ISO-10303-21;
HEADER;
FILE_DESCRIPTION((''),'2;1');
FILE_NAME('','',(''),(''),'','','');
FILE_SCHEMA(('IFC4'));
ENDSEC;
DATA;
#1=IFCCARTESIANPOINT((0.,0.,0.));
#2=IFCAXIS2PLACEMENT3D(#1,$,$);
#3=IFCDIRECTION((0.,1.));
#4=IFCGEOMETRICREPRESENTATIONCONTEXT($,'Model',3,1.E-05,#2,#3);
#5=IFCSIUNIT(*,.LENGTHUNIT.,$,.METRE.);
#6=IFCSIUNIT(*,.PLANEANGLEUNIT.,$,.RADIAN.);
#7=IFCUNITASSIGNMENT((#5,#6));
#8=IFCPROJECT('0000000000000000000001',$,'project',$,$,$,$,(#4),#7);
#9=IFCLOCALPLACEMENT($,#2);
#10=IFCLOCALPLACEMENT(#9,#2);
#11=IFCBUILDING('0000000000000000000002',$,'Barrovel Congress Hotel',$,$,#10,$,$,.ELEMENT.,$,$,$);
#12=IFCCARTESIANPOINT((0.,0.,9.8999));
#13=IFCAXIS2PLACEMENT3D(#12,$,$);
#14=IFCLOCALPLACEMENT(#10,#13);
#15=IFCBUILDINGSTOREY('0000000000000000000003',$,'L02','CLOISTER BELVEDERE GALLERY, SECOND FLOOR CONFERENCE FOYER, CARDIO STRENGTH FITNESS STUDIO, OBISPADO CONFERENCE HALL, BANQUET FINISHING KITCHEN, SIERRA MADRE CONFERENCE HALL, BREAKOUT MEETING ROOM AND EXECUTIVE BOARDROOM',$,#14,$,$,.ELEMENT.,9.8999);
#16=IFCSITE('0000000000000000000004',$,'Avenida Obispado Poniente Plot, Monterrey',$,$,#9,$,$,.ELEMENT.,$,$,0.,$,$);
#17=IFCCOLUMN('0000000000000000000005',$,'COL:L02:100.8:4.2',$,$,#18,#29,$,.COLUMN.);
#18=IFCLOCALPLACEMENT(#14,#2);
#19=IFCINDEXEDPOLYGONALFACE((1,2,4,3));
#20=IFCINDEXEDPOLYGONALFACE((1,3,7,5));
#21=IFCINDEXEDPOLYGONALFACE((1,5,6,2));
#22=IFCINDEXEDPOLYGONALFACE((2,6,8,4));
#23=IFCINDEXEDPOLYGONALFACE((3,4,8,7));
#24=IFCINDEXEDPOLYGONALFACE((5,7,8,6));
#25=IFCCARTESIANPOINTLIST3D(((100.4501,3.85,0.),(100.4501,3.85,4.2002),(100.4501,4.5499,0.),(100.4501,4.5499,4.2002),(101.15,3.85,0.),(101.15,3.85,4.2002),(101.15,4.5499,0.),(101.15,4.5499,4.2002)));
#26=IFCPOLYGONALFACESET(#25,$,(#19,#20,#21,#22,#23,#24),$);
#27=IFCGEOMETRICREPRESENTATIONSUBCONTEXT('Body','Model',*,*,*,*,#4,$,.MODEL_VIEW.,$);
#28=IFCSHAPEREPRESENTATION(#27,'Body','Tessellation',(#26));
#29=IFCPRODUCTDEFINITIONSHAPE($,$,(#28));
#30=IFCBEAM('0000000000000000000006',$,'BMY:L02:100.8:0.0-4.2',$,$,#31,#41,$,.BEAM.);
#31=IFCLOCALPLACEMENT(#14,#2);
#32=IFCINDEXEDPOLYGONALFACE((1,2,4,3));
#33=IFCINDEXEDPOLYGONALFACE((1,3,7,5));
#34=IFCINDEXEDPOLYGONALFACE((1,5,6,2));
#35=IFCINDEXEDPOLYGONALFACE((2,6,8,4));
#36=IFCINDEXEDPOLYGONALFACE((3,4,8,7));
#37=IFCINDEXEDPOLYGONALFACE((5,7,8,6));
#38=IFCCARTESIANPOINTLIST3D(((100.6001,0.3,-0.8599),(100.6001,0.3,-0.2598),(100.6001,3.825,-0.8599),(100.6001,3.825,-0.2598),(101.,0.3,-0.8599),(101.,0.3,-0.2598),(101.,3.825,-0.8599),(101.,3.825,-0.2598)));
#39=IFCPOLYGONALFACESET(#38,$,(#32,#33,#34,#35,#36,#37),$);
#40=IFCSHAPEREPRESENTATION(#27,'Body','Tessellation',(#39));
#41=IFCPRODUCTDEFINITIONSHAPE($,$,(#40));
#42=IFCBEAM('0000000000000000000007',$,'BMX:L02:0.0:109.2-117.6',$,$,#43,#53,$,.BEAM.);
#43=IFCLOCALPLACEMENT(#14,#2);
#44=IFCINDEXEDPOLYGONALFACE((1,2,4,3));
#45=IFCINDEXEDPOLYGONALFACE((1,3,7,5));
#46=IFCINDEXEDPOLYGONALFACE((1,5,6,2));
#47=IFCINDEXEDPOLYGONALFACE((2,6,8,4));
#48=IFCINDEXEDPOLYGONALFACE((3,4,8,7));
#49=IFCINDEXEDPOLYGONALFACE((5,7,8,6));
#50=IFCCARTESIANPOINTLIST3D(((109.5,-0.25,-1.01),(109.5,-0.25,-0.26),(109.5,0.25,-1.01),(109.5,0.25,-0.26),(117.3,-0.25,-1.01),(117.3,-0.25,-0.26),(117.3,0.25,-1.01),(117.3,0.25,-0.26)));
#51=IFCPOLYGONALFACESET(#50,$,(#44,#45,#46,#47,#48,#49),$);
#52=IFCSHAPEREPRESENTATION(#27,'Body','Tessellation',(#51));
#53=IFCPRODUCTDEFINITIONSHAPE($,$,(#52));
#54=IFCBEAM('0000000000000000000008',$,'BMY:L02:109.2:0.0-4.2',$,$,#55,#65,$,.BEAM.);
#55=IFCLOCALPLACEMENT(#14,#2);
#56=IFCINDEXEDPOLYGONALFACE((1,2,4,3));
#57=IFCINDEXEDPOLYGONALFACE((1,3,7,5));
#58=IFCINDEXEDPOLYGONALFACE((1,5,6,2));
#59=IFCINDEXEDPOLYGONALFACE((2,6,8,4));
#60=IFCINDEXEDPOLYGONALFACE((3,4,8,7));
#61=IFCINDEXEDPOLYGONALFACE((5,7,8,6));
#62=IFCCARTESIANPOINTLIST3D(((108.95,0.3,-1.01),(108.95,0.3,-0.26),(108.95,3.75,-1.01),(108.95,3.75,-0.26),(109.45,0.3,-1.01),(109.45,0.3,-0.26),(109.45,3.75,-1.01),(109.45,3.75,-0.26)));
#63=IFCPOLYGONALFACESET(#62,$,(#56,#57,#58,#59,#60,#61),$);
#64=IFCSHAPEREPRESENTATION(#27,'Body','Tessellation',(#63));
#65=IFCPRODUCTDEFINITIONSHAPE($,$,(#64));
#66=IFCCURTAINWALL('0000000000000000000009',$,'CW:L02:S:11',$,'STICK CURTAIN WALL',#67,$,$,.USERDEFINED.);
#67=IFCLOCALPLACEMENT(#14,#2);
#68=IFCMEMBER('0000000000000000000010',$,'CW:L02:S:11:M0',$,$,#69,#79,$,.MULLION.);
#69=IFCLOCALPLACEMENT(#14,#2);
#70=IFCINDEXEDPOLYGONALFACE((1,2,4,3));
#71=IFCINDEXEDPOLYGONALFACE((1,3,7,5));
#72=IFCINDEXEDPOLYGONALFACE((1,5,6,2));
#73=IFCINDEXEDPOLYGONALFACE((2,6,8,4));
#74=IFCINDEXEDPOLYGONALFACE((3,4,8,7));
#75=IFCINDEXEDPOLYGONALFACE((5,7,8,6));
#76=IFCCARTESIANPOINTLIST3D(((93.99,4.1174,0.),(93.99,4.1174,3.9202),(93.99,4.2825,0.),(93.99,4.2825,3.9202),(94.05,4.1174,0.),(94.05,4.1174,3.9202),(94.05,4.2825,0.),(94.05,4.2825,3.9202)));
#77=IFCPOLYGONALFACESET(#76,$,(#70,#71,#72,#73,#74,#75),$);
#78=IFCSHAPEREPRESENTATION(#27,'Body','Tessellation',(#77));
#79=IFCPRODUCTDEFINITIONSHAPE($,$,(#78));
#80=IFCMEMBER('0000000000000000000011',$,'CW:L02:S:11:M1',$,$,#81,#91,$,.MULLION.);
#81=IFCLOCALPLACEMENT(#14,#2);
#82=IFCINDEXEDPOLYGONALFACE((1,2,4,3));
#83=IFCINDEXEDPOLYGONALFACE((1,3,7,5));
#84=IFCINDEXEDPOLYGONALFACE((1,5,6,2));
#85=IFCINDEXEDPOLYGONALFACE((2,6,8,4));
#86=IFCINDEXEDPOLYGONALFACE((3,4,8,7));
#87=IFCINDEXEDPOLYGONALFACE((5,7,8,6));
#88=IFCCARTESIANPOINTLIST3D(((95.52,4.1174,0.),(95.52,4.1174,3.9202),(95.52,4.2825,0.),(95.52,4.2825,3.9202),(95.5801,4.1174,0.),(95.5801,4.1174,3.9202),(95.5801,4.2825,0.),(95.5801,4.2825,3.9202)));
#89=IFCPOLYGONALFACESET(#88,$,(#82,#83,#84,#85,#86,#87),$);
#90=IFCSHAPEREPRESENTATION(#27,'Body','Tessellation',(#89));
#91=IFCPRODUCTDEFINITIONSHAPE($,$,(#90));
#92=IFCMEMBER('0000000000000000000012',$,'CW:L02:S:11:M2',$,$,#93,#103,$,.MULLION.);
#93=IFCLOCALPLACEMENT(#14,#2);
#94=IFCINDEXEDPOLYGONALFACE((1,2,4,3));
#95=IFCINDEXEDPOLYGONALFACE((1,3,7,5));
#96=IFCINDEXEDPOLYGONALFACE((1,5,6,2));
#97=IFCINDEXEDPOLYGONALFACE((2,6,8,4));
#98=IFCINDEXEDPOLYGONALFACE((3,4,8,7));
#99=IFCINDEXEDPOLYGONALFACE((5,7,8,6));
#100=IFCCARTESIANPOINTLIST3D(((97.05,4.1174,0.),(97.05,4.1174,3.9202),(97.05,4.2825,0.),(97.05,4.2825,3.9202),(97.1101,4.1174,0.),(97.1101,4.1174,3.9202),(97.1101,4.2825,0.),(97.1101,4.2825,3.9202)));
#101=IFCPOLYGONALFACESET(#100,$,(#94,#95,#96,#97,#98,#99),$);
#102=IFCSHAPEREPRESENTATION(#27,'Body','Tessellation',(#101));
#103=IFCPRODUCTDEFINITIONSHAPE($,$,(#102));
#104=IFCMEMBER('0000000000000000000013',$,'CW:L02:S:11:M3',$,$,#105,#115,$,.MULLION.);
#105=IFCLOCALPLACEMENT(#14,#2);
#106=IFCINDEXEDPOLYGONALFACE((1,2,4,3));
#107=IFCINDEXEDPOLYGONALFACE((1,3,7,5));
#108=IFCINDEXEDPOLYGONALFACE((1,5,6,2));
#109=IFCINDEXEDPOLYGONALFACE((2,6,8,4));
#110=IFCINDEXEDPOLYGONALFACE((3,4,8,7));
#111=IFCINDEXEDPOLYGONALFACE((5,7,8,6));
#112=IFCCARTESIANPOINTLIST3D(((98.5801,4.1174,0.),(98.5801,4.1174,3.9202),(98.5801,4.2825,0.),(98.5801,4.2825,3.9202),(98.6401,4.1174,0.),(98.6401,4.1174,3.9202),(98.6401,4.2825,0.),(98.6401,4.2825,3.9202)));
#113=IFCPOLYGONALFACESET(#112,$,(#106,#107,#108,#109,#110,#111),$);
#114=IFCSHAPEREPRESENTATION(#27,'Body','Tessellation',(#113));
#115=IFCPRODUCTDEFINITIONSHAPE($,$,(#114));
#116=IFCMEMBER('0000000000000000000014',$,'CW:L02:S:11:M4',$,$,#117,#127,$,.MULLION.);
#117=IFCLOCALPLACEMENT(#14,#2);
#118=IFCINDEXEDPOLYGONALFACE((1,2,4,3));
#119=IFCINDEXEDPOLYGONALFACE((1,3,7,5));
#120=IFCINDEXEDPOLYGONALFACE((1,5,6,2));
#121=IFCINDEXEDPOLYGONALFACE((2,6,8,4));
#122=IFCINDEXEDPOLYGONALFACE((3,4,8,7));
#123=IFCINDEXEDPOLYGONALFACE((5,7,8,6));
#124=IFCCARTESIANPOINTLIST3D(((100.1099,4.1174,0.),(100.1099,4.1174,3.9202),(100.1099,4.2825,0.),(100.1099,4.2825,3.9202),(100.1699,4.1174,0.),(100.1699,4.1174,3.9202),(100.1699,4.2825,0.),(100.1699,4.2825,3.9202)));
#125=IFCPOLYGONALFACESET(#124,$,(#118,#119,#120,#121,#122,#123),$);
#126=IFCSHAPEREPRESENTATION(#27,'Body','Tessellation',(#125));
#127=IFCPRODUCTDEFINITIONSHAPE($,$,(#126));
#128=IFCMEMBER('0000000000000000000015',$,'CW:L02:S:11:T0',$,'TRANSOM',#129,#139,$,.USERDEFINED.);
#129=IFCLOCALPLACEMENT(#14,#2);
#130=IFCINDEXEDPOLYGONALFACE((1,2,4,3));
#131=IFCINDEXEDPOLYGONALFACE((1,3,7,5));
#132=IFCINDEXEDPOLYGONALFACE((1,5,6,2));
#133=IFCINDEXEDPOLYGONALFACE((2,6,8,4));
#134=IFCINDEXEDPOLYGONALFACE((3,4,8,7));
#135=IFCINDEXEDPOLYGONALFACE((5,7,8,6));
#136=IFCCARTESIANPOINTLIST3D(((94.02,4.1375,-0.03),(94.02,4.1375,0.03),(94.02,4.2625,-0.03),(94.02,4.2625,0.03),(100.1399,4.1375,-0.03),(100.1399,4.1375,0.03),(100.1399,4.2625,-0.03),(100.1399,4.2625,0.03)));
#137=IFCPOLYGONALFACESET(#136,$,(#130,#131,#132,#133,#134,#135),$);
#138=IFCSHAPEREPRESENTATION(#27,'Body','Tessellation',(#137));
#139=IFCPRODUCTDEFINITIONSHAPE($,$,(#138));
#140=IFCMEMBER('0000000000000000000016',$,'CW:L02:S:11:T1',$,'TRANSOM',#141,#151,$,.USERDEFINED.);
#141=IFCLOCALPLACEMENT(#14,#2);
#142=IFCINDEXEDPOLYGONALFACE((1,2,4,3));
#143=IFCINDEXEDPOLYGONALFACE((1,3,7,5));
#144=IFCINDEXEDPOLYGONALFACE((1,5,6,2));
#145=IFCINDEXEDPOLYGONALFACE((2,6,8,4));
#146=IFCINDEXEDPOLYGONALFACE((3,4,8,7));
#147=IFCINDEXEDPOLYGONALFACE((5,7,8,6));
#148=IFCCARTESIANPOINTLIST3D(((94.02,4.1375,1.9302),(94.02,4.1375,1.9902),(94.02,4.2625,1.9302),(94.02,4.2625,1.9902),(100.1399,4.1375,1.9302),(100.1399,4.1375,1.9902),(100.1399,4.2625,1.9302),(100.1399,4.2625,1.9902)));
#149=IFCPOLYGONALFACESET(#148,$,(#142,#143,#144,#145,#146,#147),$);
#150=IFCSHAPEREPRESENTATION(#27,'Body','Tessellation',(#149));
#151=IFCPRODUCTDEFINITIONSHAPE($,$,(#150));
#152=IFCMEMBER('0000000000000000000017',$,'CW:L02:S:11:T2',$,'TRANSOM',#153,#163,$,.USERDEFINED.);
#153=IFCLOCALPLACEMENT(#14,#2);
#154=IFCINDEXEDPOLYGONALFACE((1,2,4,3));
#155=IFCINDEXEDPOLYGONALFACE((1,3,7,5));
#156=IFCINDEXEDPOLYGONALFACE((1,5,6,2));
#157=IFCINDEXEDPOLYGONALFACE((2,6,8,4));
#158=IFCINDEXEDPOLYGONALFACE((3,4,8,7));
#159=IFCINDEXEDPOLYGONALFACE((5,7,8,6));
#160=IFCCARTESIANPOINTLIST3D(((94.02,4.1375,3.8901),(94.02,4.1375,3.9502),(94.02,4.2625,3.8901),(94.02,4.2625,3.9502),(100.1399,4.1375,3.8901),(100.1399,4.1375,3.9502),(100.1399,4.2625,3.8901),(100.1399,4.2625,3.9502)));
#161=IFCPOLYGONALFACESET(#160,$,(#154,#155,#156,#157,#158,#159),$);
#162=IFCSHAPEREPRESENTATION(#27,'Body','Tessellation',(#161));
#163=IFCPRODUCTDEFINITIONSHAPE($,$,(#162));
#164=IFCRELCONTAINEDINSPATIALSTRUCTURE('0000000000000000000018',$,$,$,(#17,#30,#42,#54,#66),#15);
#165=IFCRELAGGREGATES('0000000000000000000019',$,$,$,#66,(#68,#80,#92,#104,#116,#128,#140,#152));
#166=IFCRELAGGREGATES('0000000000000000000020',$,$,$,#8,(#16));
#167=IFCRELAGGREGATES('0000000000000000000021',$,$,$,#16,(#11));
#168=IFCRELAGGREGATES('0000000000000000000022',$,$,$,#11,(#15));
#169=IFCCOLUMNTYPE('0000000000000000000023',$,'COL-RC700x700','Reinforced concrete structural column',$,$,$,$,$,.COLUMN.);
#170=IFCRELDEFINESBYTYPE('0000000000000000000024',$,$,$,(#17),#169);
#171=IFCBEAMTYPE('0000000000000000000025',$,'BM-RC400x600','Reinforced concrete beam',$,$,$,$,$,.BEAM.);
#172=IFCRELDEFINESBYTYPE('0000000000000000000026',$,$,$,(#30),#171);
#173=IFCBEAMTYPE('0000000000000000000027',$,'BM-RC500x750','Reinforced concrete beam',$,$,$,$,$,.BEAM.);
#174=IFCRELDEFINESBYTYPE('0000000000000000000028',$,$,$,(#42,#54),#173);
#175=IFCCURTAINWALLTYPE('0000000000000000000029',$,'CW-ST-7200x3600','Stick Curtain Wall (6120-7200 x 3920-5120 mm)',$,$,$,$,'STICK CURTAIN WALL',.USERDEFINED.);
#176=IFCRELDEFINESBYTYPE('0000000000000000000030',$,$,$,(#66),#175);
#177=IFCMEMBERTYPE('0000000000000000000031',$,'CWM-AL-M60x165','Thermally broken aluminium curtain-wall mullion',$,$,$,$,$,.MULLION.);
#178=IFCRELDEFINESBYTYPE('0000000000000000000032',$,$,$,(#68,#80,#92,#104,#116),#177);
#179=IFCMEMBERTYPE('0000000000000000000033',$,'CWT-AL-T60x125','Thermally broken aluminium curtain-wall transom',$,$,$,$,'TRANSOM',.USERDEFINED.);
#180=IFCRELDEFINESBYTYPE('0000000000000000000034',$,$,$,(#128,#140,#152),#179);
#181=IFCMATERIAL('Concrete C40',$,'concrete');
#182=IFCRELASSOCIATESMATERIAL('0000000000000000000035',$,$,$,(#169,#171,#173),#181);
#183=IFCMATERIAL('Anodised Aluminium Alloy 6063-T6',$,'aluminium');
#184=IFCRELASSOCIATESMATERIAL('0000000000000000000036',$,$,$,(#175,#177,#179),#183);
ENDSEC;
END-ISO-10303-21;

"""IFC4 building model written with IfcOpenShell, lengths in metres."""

from ifc_helpers import new_model, si_unit, direction, frame, origin, origin_2d, place, context, subcontext, project, spatial, rectangle, extrude, material, material_profile, profile_set, type_object, element, aggregate, save


model = new_model("IFC4")

# Units and contexts
model_context = context("Model", 3, precision=1e-05, world=origin(), true_north=direction((0.0, 1.0)))
body_context = subcontext(model_context, "Body", "Model", "MODEL_VIEW")
ifc_project = project(units=[si_unit("LENGTHUNIT", "METRE"), si_unit("PLANEANGLEUNIT", "RADIAN")], contexts=[model_context])

# Site, building, storey
site_placement = place(None, origin())
site = spatial("IfcSite", under=ifc_project, at=site_placement, Name="Avenida Obispado Poniente Plot, Monterrey", CompositionType="ELEMENT", RefElevation=0.0)
building_placement = place(site_placement, origin())
building = spatial("IfcBuilding", under=site, at=building_placement, Name="Barrovel Congress Hotel", CompositionType="ELEMENT")
storey_placement = place(building_placement, frame((0.0, 0.0, 9.8999)))
storey = spatial("IfcBuildingStorey", under=building, at=storey_placement, Name="L02", Description="CLOISTER BELVEDERE GALLERY, SECOND FLOOR CONFERENCE FOYER, CARDIO STRENGTH FITNESS STUDIO, OBISPADO CONFERENCE HALL, BANQUET FINISHING KITCHEN, SIERRA MADRE CONFERENCE HALL, BREAKOUT MEETING ROOM AND EXECUTIVE BOARDROOM", CompositionType="ELEMENT", Elevation=9.8999)

# Column
ifc_material_1 = material(Name="Concrete C40", Category="concrete")
ifc_material_profile_1 = material_profile(ifc_material_1, rectangle(XDim=0.7, YDim=0.7, at=origin_2d()), Name="RC700x700")
ifc_profile_set_1 = profile_set([ifc_material_profile_1], Name="Concrete C40")
column_type = type_object("IfcColumnType", Name="COL-RC700x700", Description="Reinforced concrete structural column", PredefinedType="COLUMN", material=ifc_profile_set_1)
column_placement = place(storey_placement, frame((100.8, 4.2, 0.0), z_axis=(0.0, 0.0, 1.0), x_axis=(1.0, 0.0, 0.0)))
element("IfcColumn", 1, at=column_placement, inside=storey, type_object=column_type, Name="COL:L02:100.8:4.2", PredefinedType="COLUMN", context=body_context, shape_type="SweptSolid", body=[
    extrude(rectangle(XDim=0.7, YDim=0.7, at=origin_2d()), origin(), (0.0, 0.0, 1.0), 4.2002),
])

# Beams
ifc_material_profile_2 = material_profile(ifc_material_1, rectangle(XDim=0.3999, YDim=0.6001, at=origin_2d()), Name="RC400x600")
ifc_profile_set_2 = profile_set([ifc_material_profile_2], Name="Concrete C40")
beam_type_1 = type_object("IfcBeamType", Name="BM-RC400x600", Description="Reinforced concrete beam", PredefinedType="BEAM", material=ifc_profile_set_2)
beam_1_placement = place(storey_placement, frame((100.8, 0.3, -0.5598), z_axis=(0.0, 1.0, 0.0), x_axis=(-1.0, 0.0, 0.0)))
element("IfcBeam", 2, at=beam_1_placement, inside=storey, type_object=beam_type_1, Name="BMY:L02:100.8:0.0-4.2", PredefinedType="BEAM", context=body_context, shape_type="SweptSolid", body=[
    extrude(rectangle(XDim=0.3999, YDim=0.6001, at=origin_2d()), origin(), (0.0, 0.0, 1.0), 3.5249),
])
ifc_material_profile_3 = material_profile(ifc_material_1, rectangle(XDim=0.5, YDim=0.75, at=origin_2d()), Name="RC500x750")
ifc_profile_set_3 = profile_set([ifc_material_profile_3], Name="Concrete C40")
beam_type_2 = type_object("IfcBeamType", Name="BM-RC500x750", Description="Reinforced concrete beam", PredefinedType="BEAM", material=ifc_profile_set_3)
beam_2_placement = place(storey_placement, frame((109.5, 0.0, -0.635), z_axis=(1.0, 0.0, 0.0), x_axis=(0.0, 1.0, 0.0)))
element("IfcBeam", 3, at=beam_2_placement, inside=storey, type_object=beam_type_2, Name="BMX:L02:0.0:109.2-117.6", PredefinedType="BEAM", context=body_context, shape_type="SweptSolid", body=[
    extrude(rectangle(XDim=0.5, YDim=0.75, at=origin_2d()), origin(), (0.0, 0.0, 1.0), 7.8),
])
beam_3_placement = place(storey_placement, frame((109.2, 0.3, -0.635), z_axis=(0.0, 1.0, 0.0), x_axis=(-1.0, 0.0, 0.0)))
element("IfcBeam", 4, at=beam_3_placement, inside=storey, type_object=beam_type_2, Name="BMY:L02:109.2:0.0-4.2", PredefinedType="BEAM", context=body_context, shape_type="SweptSolid", body=[
    extrude(rectangle(XDim=0.5, YDim=0.75, at=origin_2d()), origin(), (0.0, 0.0, 1.0), 3.45),
])

# Curtain wall, members
ifc_material_2 = material(Name="Anodised Aluminium Alloy 6063-T6", Category="aluminium")
curtain_wall_type = type_object("IfcCurtainWallType", Name="CW-ST-7200x3600", Description="Stick Curtain Wall (6120-7200 x 3920-5120 mm)", ElementType="STICK CURTAIN WALL", PredefinedType="USERDEFINED", material=ifc_material_2)
curtain_wall_placement = place(storey_placement, origin())
curtain_wall = element("IfcCurtainWall", 5, at=curtain_wall_placement, inside=storey, type_object=curtain_wall_type, Name="CW:L02:S:11", ObjectType="STICK CURTAIN WALL", PredefinedType="USERDEFINED")
ifc_material_profile_4 = material_profile(ifc_material_2, rectangle(XDim=0.0601, YDim=0.165, at=origin_2d()), Name="AL-M60x165")
ifc_profile_set_4 = profile_set([ifc_material_profile_4], Name="Anodised Aluminium Alloy 6063-T6")
member_type_1 = type_object("IfcMemberType", Name="CWM-AL-M60x165", Description="Thermally broken aluminium curtain-wall mullion", PredefinedType="MULLION", material=ifc_profile_set_4)
member_1_placement = place(storey_placement, frame((94.02, 4.2, 0.0), z_axis=(0.0, 0.0, 1.0), x_axis=(1.0, 0.0, 0.0)))
member_1 = element("IfcMember", 6, at=member_1_placement, type_object=member_type_1, Name="CW:L02:S:11:M0", PredefinedType="MULLION", context=body_context, shape_type="SweptSolid", body=[
    extrude(rectangle(XDim=0.0601, YDim=0.165, at=origin_2d()), origin(), (0.0, 0.0, 1.0), 3.9202),
])
member_2_placement = place(storey_placement, frame((95.55, 4.2, 0.0), z_axis=(0.0, 0.0, 1.0), x_axis=(1.0, 0.0, 0.0)))
member_2 = element("IfcMember", 7, at=member_2_placement, type_object=member_type_1, Name="CW:L02:S:11:M1", PredefinedType="MULLION", context=body_context, shape_type="SweptSolid", body=[
    extrude(rectangle(XDim=0.0601, YDim=0.165, at=origin_2d()), origin(), (0.0, 0.0, 1.0), 3.9202),
])
member_3_placement = place(storey_placement, frame((97.0801, 4.2, 0.0), z_axis=(0.0, 0.0, 1.0), x_axis=(1.0, 0.0, 0.0)))
member_3 = element("IfcMember", 8, at=member_3_placement, type_object=member_type_1, Name="CW:L02:S:11:M2", PredefinedType="MULLION", context=body_context, shape_type="SweptSolid", body=[
    extrude(rectangle(XDim=0.0601, YDim=0.165, at=origin_2d()), origin(), (0.0, 0.0, 1.0), 3.9202),
])
member_4_placement = place(storey_placement, frame((98.6101, 4.2, 0.0), z_axis=(0.0, 0.0, 1.0), x_axis=(1.0, 0.0, 0.0)))
member_4 = element("IfcMember", 9, at=member_4_placement, type_object=member_type_1, Name="CW:L02:S:11:M3", PredefinedType="MULLION", context=body_context, shape_type="SweptSolid", body=[
    extrude(rectangle(XDim=0.0601, YDim=0.165, at=origin_2d()), origin(), (0.0, 0.0, 1.0), 3.9202),
])
member_5_placement = place(storey_placement, frame((100.1399, 4.2, 0.0), z_axis=(0.0, 0.0, 1.0), x_axis=(1.0, 0.0, 0.0)))
member_5 = element("IfcMember", 10, at=member_5_placement, type_object=member_type_1, Name="CW:L02:S:11:M4", PredefinedType="MULLION", context=body_context, shape_type="SweptSolid", body=[
    extrude(rectangle(XDim=0.0601, YDim=0.165, at=origin_2d()), origin(), (0.0, 0.0, 1.0), 3.9202),
])
ifc_material_profile_5 = material_profile(ifc_material_2, rectangle(XDim=0.125, YDim=0.0601, at=origin_2d()), Name="AL-T60x125")
ifc_profile_set_5 = profile_set([ifc_material_profile_5], Name="Anodised Aluminium Alloy 6063-T6")
member_type_2 = type_object("IfcMemberType", Name="CWT-AL-T60x125", Description="Thermally broken aluminium curtain-wall transom", ElementType="TRANSOM", PredefinedType="USERDEFINED", material=ifc_profile_set_5)
member_6_placement = place(storey_placement, frame((94.02, 4.2, 0.0), z_axis=(1.0, 0.0, 0.0), x_axis=(0.0, 1.0, 0.0)))
member_6 = element("IfcMember", 11, at=member_6_placement, type_object=member_type_2, Name="CW:L02:S:11:T0", ObjectType="TRANSOM", PredefinedType="USERDEFINED", context=body_context, shape_type="SweptSolid", body=[
    extrude(rectangle(XDim=0.125, YDim=0.0601, at=origin_2d()), origin(), (0.0, 0.0, 1.0), 6.1199),
])
member_7_placement = place(storey_placement, frame((94.02, 4.2, 1.9602), z_axis=(1.0, 0.0, 0.0), x_axis=(0.0, 1.0, 0.0)))
member_7 = element("IfcMember", 12, at=member_7_placement, type_object=member_type_2, Name="CW:L02:S:11:T1", ObjectType="TRANSOM", PredefinedType="USERDEFINED", context=body_context, shape_type="SweptSolid", body=[
    extrude(rectangle(XDim=0.125, YDim=0.0601, at=origin_2d()), origin(), (0.0, 0.0, 1.0), 6.1199),
])
member_8_placement = place(storey_placement, frame((94.02, 4.2, 3.9202), z_axis=(1.0, 0.0, 0.0), x_axis=(0.0, 1.0, 0.0)))
member_8 = element("IfcMember", 13, at=member_8_placement, type_object=member_type_2, Name="CW:L02:S:11:T2", ObjectType="TRANSOM", PredefinedType="USERDEFINED", context=body_context, shape_type="SweptSolid", body=[
    extrude(rectangle(XDim=0.125, YDim=0.0601, at=origin_2d()), origin(), (0.0, 0.0, 1.0), 6.1199),
])

aggregate(curtain_wall, [member_1, member_2, member_3, member_4, member_5, member_6, member_7, member_8])

save(model, "model.ifc")
